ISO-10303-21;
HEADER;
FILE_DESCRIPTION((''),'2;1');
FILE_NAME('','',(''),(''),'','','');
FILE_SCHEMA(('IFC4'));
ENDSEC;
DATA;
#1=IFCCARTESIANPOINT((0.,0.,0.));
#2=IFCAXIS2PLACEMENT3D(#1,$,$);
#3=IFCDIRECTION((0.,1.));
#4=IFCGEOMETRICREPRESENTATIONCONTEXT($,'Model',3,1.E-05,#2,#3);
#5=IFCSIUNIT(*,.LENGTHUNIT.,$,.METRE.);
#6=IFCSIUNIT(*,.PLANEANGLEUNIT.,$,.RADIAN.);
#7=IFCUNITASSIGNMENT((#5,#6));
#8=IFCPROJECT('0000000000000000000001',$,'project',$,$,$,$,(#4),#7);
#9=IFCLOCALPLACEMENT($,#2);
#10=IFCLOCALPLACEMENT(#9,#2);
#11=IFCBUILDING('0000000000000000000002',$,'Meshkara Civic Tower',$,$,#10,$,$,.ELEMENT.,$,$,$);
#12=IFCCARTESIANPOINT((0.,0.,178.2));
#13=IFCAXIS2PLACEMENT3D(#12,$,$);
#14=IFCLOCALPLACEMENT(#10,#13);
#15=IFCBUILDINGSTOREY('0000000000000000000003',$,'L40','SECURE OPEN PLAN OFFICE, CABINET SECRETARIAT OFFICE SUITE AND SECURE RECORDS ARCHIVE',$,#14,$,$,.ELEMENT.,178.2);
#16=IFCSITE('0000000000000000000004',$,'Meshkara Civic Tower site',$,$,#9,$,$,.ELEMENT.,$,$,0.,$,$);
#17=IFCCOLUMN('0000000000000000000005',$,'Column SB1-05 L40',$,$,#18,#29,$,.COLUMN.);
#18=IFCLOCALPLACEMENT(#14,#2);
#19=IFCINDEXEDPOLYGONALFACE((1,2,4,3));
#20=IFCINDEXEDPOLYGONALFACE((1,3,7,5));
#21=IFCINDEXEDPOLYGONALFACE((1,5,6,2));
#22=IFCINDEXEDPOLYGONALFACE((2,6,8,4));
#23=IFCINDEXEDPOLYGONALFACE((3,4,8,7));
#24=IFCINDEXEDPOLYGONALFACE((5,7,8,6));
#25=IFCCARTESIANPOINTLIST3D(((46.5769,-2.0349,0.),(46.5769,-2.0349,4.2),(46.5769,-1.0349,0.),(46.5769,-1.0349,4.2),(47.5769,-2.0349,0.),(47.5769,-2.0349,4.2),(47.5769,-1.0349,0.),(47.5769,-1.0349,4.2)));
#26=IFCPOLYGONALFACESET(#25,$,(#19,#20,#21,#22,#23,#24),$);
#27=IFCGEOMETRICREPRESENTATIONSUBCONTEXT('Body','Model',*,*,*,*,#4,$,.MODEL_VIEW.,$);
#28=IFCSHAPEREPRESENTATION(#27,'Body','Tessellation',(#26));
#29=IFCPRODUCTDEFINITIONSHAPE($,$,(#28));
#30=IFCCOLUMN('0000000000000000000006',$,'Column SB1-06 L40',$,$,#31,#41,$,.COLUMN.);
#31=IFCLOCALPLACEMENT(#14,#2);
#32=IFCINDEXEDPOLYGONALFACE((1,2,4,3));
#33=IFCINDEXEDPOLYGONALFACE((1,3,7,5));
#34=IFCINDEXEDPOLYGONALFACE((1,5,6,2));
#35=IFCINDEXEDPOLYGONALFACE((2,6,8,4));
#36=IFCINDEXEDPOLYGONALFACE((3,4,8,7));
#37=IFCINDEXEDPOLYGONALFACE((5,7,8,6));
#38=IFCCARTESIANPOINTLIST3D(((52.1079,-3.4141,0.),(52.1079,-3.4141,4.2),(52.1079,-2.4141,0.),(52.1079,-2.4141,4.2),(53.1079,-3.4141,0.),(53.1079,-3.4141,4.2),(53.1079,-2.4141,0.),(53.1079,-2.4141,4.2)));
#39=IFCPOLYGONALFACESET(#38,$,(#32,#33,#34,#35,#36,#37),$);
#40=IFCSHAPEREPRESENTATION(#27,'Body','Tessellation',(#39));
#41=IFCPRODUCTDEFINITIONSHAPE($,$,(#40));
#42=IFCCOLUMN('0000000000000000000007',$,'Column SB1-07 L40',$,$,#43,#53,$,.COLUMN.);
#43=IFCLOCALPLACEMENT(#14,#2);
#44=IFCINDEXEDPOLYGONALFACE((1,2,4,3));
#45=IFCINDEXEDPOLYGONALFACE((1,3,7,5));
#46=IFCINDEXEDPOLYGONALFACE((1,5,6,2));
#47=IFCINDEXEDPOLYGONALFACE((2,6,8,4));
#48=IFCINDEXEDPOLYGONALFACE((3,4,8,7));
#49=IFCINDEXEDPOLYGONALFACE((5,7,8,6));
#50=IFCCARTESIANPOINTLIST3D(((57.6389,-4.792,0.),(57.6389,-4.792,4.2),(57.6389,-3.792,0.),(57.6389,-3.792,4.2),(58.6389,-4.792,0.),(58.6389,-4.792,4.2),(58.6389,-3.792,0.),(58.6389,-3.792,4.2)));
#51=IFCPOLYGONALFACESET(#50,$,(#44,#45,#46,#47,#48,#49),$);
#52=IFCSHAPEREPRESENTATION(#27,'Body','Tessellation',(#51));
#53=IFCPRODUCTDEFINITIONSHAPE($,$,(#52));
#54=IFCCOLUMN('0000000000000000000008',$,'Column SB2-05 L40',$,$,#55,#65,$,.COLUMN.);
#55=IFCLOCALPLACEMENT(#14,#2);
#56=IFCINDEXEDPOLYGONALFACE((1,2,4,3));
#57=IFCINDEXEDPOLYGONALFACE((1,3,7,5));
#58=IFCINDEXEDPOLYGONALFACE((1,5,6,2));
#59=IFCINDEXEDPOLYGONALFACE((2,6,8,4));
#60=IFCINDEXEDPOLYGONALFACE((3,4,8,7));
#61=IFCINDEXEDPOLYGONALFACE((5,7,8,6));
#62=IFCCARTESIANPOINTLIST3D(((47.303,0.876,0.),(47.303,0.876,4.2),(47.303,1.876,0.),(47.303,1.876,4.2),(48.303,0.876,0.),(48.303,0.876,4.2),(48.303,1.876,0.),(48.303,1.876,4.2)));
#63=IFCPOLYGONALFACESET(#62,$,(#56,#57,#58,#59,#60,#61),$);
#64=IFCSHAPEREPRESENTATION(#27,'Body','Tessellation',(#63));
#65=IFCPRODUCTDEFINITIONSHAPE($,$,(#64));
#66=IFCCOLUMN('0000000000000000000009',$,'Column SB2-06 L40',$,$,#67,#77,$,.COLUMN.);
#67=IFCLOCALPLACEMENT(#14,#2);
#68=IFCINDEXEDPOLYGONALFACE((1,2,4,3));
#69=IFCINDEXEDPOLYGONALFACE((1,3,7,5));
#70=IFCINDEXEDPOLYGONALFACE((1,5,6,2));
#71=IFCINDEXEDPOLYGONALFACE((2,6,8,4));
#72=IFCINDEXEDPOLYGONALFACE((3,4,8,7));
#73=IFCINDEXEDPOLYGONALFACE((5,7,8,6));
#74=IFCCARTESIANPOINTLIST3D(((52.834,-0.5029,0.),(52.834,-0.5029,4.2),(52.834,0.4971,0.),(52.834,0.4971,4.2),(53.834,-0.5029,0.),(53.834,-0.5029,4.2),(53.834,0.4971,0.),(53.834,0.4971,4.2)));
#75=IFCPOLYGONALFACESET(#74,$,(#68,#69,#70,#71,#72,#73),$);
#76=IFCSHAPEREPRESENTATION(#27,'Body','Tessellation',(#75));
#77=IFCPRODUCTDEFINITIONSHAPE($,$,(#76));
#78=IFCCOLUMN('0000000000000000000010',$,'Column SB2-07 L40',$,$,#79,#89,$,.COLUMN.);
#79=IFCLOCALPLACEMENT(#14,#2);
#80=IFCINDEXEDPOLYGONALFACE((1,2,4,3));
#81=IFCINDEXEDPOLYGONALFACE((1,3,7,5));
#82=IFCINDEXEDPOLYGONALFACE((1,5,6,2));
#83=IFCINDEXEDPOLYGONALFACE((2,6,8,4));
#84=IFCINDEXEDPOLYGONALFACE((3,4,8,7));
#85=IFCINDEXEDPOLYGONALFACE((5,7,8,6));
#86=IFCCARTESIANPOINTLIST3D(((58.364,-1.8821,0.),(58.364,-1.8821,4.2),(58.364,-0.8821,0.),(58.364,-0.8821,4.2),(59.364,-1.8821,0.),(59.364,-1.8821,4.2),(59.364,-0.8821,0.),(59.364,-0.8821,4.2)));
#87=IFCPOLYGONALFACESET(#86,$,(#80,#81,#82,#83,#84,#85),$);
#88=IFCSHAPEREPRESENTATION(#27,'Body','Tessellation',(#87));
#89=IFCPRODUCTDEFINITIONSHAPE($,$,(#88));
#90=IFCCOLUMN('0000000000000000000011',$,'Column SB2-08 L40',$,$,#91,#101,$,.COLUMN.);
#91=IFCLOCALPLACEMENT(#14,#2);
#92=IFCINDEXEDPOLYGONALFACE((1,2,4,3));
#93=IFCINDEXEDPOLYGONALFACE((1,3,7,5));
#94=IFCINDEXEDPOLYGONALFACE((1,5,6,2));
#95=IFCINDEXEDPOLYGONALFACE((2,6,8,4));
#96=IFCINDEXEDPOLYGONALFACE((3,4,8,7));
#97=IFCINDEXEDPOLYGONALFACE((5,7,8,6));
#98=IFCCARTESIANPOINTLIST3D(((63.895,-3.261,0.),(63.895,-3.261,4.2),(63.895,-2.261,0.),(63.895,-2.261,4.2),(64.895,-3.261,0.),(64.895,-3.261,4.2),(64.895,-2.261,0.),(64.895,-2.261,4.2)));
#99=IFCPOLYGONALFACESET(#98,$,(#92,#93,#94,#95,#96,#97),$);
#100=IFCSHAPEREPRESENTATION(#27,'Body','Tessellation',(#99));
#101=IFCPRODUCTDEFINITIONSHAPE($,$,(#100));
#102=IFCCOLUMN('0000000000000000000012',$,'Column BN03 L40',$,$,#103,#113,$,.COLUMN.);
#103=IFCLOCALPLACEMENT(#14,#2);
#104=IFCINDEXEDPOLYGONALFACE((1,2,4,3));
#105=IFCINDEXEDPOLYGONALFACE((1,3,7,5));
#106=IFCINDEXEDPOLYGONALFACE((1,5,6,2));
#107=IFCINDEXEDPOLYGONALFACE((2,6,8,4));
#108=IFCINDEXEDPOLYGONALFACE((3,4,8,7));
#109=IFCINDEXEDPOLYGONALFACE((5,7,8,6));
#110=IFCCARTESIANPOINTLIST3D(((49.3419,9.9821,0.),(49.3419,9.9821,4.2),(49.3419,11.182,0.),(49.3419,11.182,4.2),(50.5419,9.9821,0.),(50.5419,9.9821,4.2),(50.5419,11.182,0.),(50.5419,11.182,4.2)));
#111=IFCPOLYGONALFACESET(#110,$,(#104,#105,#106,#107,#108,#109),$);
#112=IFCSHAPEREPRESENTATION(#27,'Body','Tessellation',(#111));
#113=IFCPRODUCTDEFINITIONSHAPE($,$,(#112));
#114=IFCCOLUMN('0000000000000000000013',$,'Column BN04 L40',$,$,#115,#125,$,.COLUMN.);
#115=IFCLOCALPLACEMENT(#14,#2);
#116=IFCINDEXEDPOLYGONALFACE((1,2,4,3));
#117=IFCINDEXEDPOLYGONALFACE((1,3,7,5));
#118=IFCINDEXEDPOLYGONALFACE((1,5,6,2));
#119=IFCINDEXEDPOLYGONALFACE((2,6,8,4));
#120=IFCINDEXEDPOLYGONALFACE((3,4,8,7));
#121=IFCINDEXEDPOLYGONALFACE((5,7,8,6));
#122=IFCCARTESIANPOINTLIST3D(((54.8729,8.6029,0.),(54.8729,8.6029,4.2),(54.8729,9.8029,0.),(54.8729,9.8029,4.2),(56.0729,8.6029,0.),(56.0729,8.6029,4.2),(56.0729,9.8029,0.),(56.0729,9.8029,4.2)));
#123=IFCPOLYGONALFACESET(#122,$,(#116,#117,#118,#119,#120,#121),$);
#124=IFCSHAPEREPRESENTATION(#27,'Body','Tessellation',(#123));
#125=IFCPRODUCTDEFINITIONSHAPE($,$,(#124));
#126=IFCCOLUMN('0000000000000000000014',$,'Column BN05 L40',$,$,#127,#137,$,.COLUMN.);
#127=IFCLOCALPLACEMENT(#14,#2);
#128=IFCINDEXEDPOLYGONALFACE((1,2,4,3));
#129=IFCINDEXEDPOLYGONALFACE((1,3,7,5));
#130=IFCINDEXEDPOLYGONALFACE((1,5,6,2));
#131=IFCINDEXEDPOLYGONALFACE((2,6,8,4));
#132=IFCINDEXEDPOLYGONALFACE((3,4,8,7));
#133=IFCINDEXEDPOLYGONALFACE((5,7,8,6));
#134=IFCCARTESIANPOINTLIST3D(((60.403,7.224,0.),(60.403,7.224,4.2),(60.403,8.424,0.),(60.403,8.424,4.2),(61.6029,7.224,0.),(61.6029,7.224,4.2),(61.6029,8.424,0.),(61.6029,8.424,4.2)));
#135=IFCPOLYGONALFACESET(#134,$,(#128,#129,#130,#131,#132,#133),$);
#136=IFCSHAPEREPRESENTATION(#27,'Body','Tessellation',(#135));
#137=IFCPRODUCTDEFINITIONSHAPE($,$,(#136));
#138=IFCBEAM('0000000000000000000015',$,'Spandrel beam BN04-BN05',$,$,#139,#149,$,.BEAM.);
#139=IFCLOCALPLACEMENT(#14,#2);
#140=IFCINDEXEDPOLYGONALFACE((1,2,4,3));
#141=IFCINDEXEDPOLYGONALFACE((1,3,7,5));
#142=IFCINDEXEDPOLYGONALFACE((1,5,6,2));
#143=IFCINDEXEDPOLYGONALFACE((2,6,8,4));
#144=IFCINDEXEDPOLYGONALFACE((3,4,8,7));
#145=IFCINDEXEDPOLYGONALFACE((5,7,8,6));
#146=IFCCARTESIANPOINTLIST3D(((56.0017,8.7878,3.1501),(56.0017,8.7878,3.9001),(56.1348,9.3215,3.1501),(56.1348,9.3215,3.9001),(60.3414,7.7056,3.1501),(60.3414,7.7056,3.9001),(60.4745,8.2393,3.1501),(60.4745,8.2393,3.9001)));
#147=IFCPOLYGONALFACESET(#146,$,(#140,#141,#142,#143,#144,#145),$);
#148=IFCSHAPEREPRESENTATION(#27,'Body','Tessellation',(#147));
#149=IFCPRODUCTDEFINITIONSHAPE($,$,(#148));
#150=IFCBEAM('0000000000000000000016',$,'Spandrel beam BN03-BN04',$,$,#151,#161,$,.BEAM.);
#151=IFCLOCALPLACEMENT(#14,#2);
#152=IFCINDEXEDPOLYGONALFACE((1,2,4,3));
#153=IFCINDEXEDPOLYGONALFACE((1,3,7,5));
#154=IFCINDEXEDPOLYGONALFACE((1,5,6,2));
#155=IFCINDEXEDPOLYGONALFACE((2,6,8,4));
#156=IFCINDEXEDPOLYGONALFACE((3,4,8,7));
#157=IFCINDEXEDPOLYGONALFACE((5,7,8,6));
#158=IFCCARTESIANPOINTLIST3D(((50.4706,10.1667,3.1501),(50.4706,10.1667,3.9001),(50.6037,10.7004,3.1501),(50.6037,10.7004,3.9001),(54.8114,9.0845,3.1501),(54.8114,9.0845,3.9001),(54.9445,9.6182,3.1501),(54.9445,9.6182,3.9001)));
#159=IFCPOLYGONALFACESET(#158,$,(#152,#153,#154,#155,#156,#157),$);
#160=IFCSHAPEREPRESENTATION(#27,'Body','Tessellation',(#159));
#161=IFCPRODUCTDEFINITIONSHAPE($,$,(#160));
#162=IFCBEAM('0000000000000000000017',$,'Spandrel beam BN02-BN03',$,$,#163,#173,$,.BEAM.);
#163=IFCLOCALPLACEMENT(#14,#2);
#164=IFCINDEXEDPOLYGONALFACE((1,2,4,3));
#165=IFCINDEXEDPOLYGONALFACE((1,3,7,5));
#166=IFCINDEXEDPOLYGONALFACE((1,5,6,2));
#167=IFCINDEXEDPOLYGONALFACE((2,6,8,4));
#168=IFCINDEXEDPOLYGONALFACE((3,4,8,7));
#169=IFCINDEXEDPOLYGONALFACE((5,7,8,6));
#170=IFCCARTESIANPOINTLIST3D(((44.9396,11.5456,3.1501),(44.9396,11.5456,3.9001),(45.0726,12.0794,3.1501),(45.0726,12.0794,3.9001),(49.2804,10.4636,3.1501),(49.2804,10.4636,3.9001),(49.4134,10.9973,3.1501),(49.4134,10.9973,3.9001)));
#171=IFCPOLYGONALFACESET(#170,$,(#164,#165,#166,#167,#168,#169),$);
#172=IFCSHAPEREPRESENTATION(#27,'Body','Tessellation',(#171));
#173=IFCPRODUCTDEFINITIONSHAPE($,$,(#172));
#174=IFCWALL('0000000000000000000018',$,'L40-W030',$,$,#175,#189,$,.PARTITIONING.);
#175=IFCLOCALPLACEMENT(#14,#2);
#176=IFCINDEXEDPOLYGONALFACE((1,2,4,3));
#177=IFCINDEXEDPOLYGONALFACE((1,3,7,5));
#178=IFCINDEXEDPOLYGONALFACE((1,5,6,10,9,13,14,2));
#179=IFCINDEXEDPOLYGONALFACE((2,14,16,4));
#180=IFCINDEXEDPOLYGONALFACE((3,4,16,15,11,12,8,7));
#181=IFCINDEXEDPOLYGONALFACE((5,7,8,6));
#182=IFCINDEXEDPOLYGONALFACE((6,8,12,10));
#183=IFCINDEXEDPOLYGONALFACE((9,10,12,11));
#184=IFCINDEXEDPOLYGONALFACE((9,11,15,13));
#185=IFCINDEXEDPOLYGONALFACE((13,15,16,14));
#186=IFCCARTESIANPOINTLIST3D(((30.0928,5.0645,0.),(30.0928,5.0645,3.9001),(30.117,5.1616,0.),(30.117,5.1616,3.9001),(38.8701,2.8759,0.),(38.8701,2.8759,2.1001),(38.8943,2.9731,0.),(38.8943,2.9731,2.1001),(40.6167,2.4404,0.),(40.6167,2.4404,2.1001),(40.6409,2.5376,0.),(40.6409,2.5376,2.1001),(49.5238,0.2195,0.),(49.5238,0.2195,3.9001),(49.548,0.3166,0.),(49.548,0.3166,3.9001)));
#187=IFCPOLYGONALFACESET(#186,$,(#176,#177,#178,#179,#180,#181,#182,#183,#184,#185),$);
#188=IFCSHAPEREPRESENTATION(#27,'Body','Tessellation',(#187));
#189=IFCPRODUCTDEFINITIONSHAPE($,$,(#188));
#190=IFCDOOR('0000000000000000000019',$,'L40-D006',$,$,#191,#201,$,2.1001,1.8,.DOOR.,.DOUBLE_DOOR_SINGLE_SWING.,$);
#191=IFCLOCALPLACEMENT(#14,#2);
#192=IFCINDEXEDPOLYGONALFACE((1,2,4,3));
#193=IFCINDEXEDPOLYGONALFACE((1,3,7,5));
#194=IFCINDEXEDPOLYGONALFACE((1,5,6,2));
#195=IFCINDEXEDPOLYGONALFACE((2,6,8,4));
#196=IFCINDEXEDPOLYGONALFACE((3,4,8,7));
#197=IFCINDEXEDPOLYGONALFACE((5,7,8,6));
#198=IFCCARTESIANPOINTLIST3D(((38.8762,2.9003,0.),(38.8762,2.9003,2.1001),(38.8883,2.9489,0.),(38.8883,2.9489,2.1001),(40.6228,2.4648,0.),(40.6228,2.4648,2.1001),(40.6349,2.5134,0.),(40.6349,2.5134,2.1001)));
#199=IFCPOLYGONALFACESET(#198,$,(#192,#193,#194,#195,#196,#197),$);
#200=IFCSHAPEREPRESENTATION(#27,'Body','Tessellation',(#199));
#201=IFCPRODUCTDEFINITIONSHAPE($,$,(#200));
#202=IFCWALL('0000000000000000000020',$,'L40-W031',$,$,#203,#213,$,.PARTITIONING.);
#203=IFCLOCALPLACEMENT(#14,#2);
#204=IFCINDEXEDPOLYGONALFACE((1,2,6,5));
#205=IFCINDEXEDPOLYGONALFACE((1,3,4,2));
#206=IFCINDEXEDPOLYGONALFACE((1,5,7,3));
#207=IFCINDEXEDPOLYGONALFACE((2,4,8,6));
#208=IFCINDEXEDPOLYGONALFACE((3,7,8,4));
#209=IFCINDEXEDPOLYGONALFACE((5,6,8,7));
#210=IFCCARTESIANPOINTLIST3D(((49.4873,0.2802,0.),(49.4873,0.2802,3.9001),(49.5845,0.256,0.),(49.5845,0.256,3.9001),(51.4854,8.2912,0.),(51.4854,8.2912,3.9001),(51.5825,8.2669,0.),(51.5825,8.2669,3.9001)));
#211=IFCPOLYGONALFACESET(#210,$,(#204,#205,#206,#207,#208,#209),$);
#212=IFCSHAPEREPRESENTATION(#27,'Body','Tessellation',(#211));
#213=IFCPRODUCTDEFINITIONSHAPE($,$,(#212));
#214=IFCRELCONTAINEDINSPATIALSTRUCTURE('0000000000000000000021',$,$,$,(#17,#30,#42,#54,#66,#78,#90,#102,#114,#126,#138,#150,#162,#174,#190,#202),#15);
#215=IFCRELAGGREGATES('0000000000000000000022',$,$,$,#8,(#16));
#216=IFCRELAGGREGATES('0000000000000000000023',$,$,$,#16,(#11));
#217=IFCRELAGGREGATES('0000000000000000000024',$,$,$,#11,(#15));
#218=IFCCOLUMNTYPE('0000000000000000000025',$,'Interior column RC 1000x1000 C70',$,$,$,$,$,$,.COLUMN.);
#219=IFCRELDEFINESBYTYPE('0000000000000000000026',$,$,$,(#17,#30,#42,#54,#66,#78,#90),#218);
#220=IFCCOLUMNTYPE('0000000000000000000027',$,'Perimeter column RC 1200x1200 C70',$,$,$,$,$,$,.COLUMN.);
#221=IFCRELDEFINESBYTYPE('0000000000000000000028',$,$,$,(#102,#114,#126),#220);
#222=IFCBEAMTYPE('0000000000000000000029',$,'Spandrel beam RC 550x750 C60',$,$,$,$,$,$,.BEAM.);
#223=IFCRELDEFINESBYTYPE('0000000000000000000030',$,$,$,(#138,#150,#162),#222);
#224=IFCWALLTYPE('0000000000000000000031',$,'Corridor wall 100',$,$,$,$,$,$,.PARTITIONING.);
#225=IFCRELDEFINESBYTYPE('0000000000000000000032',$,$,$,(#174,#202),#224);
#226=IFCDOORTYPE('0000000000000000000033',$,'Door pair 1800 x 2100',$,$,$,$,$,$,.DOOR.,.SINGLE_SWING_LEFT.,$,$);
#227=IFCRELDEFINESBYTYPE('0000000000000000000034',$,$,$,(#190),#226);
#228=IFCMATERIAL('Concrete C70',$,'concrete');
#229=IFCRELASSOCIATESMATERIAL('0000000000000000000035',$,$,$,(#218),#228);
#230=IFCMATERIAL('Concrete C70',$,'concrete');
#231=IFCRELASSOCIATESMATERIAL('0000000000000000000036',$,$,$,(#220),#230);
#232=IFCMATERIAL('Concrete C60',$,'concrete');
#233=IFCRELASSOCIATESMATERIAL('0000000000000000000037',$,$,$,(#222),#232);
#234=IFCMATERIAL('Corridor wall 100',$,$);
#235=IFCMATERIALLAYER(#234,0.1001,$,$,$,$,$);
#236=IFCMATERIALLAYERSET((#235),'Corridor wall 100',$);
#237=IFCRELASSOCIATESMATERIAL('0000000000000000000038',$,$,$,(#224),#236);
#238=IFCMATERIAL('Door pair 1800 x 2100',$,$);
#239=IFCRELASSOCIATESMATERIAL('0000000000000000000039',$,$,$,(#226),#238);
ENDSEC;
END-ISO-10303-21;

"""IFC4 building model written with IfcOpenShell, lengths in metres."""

from ifc_helpers import new_model, si_unit, direction, frame, frame_2d, origin, origin_2d, place, context, subcontext, project, spatial, rectangle, extrude, material, layer, layer_set, material_profile, profile_set, type_object, element, fill, save


model = new_model("IFC4")

# Units and contexts
model_context = context("Model", 3, precision=1e-05, world=origin(), true_north=direction((0.0, 1.0)))
body_context = subcontext(model_context, "Body", "Model", "MODEL_VIEW")
ifc_project = project(units=[si_unit("LENGTHUNIT", "METRE"), si_unit("PLANEANGLEUNIT", "RADIAN")], contexts=[model_context])

# Site, building, storey
site_placement = place(None, origin())
site = spatial("IfcSite", under=ifc_project, at=site_placement, Name="Meshkara Civic Tower site", CompositionType="ELEMENT", RefElevation=0.0)
building_placement = place(site_placement, origin())
building = spatial("IfcBuilding", under=site, at=building_placement, Name="Meshkara Civic Tower", CompositionType="ELEMENT")
storey_placement = place(building_placement, frame((0.0, 0.0, 178.2)))
storey = spatial("IfcBuildingStorey", under=building, at=storey_placement, Name="L40", Description="SECURE OPEN PLAN OFFICE, CABINET SECRETARIAT OFFICE SUITE AND SECURE RECORDS ARCHIVE", CompositionType="ELEMENT", Elevation=178.2)

# Columns
ifc_material_1 = material(Name="Concrete C70", Category="concrete")
ifc_material_profile_1 = material_profile(ifc_material_1, rectangle(XDim=1.0, YDim=1.0, at=origin_2d()))
ifc_profile_set_1 = profile_set([ifc_material_profile_1], Name="Concrete C70")
column_type_1 = type_object("IfcColumnType", Name="Interior column RC 1000x1000 C70", PredefinedType="COLUMN", material=ifc_profile_set_1)
for number, where, z_axis, x_axis, name in (
    (1, (47.0769, -1.5349, 0.0), (0.0, 0.0, 1.0), (1.0, 0.0, 0.0), "Column SB1-05 L40"),
    (2, (52.6079, -2.9141, 0.0), (0.0, 0.0, 1.0), (1.0, 0.0, 0.0), "Column SB1-06 L40"),
    (3, (58.1389, -4.292, 0.0), (0.0, 0.0, 1.0), (1.0, 0.0, 0.0), "Column SB1-07 L40"),
    (4, (47.803, 1.376, 0.0), (0.0, 0.0, 1.0), (1.0, 0.0, 0.0), "Column SB2-05 L40"),
    (5, (53.334, -0.0029, 0.0), (0.0, 0.0, 1.0), (1.0, 0.0, 0.0), "Column SB2-06 L40"),
    (6, (58.864, -1.3821, 0.0), (0.0, 0.0, 1.0), (1.0, 0.0, 0.0), "Column SB2-07 L40"),
    (7, (64.395, -2.761, 0.0), (0.0, 0.0, 1.0), (1.0, 0.0, 0.0), "Column SB2-08 L40"),
):
    element("IfcColumn", number, at=place(storey_placement, frame(where, z_axis=z_axis, x_axis=x_axis)), inside=storey, type_object=column_type_1, Name=name, PredefinedType="COLUMN", context=body_context, shape_type="SweptSolid", body=[
        extrude(rectangle(XDim=1.0, YDim=1.0, at=origin_2d()), origin(), (0.0, 0.0, 1.0), 4.2),
    ])
ifc_material_2 = material(Name="Concrete C70", Category="concrete")
ifc_material_profile_2 = material_profile(ifc_material_2, rectangle(XDim=1.2, YDim=1.2, at=origin_2d()))
ifc_profile_set_2 = profile_set([ifc_material_profile_2], Name="Concrete C70")
column_type_2 = type_object("IfcColumnType", Name="Perimeter column RC 1200x1200 C70", PredefinedType="COLUMN", material=ifc_profile_set_2)
for number, where, z_axis, x_axis, name in (
    (8, (49.9419, 10.582, 0.0), (0.0, 0.0, 1.0), (1.0, 0.0, 0.0), "Column BN03 L40"),
    (9, (55.4729, 9.2029, 0.0), (0.0, 0.0, 1.0), (1.0, 0.0, 0.0), "Column BN04 L40"),
    (10, (61.0029, 7.824, 0.0), (0.0, 0.0, 1.0), (1.0, 0.0, 0.0), "Column BN05 L40"),
):
    element("IfcColumn", number, at=place(storey_placement, frame(where, z_axis=z_axis, x_axis=x_axis)), inside=storey, type_object=column_type_2, Name=name, PredefinedType="COLUMN", context=body_context, shape_type="SweptSolid", body=[
        extrude(rectangle(XDim=1.2, YDim=1.2, at=origin_2d()), origin(), (0.0, 0.0, 1.0), 4.2),
    ])

# Beams
ifc_material_3 = material(Name="Concrete C60", Category="concrete")
ifc_material_profile_3 = material_profile(ifc_material_3, rectangle(XDim=0.55, YDim=0.75, at=origin_2d()))
ifc_profile_set_3 = profile_set([ifc_material_profile_3], Name="Concrete C60")
beam_type = type_object("IfcBeamType", Name="Spandrel beam RC 550x750 C60", PredefinedType="BEAM", material=ifc_profile_set_3)
beam_placement = place(storey_placement, frame((60.408, 7.9724, 3.5251), z_axis=(-0.970284, 0.24197, 0.0), x_axis=(-0.24197, -0.970284, 0.0)))
element("IfcBeam", 11, at=beam_placement, inside=storey, type_object=beam_type, Name="Spandrel beam BN04-BN05", PredefinedType="BEAM", context=body_context, shape_type="SweptSolid", body=[
    extrude(rectangle(XDim=0.55, YDim=0.75, at=origin_2d()), origin(), (0.0, 0.0, 1.0), 4.4727),
])
for number, where, z_axis, x_axis, name in (
    (12, (54.8779, 9.3513, 3.5251), (-0.970296, 0.241919, 0.0), (-0.241919, -0.970296, 0.0), "Spandrel beam BN03-BN04"),
    (13, (49.3469, 10.7305, 3.5251), (-0.970309, 0.241868, 0.0), (-0.241868, -0.970309, 0.0), "Spandrel beam BN02-BN03"),
):
    element("IfcBeam", number, at=place(storey_placement, frame(where, z_axis=z_axis, x_axis=x_axis)), inside=storey, type_object=beam_type, Name=name, PredefinedType="BEAM", context=body_context, shape_type="SweptSolid", body=[
        extrude(rectangle(XDim=0.55, YDim=0.75, at=origin_2d()), origin(), (0.0, 0.0, 1.0), 4.4736),
    ])

# Wall, opening, door
ifc_material_4 = material(Name="Corridor wall 100")
ifc_layer_1 = layer(ifc_material_4, 0.1001)
ifc_layer_set_1 = layer_set([ifc_layer_1], Name="Corridor wall 100")
wall_type_1 = type_object("IfcWallType", Name="Corridor wall 100", PredefinedType="PARTITIONING", material=ifc_layer_set_1)
wall_1_placement = place(storey_placement, frame((49.5359, 0.2681, 0.0), z_axis=(0.0, 0.0, 1.0), x_axis=(-0.970292, 0.241936, 0.0)))
wall_1 = element("IfcWall", 14, at=wall_1_placement, inside=storey, type_object=wall_type_1, Name="L40-W030", PredefinedType="PARTITIONING", context=body_context, shape_type="SweptSolid", body=[
    extrude(rectangle(XDim=20.0259, YDim=0.1001, at=frame_2d((10.0129, 0.0))), origin(), (0.0, 0.0, 1.0), 3.9001),
])
opening_1_placement = place(wall_1_placement, frame((9.1799, 0.0, 0.0)))
opening_1 = element("IfcOpeningElement", 15, at=opening_1_placement, cuts=wall_1, PredefinedType="OPENING", context=body_context, shape_type="SweptSolid", body=[
    extrude(rectangle(XDim=1.8, YDim=2.1001, at=frame_2d((0.8999, 1.05))), frame((0.0, 0.0601, 0.0), z_axis=(0.0, -1.0, 0.0), x_axis=(1.0, 0.0, 0.0)), (0.0, 0.0, 1.0), 0.1201),
])
ifc_material_5 = material(Name="Door pair 1800 x 2100")
door_type = type_object("IfcDoorType", Name="Door pair 1800 x 2100", OperationType="SINGLE_SWING_LEFT", PredefinedType="DOOR", material=ifc_material_5)
door_1_placement = place(opening_1_placement, origin())
door_1 = element("IfcDoor", 16, at=door_1_placement, inside=storey, type_object=door_type, Name="L40-D006", OperationType="DOUBLE_DOOR_SINGLE_SWING", OverallHeight=2.1001, OverallWidth=1.8, PredefinedType="DOOR", context=body_context, shape_type="SweptSolid", body=[
    extrude(rectangle(XDim=1.8, YDim=2.1001, at=frame_2d((0.8999, 1.05))), frame((0.0, 0.0249, 0.0), z_axis=(0.0, -1.0, 0.0), x_axis=(1.0, 0.0, 0.0)), (0.0, 0.0, 1.0), 0.05),
])
fill(opening_1, door_1)

# Wall
wall_2_placement = place(storey_placement, frame((51.5339, 8.2791, 0.0), z_axis=(0.0, 0.0, 1.0), x_axis=(-0.242, -0.970276, 0.0)))
element("IfcWall", 17, at=wall_2_placement, inside=storey, type_object=wall_type_1, Name="L40-W031", PredefinedType="PARTITIONING", context=body_context, shape_type="SweptSolid", body=[
    extrude(rectangle(XDim=8.2563, YDim=0.1001, at=frame_2d((4.1282, 0.0))), origin(), (0.0, 0.0, 1.0), 3.9001),
])

save(model, "model.ifc")
